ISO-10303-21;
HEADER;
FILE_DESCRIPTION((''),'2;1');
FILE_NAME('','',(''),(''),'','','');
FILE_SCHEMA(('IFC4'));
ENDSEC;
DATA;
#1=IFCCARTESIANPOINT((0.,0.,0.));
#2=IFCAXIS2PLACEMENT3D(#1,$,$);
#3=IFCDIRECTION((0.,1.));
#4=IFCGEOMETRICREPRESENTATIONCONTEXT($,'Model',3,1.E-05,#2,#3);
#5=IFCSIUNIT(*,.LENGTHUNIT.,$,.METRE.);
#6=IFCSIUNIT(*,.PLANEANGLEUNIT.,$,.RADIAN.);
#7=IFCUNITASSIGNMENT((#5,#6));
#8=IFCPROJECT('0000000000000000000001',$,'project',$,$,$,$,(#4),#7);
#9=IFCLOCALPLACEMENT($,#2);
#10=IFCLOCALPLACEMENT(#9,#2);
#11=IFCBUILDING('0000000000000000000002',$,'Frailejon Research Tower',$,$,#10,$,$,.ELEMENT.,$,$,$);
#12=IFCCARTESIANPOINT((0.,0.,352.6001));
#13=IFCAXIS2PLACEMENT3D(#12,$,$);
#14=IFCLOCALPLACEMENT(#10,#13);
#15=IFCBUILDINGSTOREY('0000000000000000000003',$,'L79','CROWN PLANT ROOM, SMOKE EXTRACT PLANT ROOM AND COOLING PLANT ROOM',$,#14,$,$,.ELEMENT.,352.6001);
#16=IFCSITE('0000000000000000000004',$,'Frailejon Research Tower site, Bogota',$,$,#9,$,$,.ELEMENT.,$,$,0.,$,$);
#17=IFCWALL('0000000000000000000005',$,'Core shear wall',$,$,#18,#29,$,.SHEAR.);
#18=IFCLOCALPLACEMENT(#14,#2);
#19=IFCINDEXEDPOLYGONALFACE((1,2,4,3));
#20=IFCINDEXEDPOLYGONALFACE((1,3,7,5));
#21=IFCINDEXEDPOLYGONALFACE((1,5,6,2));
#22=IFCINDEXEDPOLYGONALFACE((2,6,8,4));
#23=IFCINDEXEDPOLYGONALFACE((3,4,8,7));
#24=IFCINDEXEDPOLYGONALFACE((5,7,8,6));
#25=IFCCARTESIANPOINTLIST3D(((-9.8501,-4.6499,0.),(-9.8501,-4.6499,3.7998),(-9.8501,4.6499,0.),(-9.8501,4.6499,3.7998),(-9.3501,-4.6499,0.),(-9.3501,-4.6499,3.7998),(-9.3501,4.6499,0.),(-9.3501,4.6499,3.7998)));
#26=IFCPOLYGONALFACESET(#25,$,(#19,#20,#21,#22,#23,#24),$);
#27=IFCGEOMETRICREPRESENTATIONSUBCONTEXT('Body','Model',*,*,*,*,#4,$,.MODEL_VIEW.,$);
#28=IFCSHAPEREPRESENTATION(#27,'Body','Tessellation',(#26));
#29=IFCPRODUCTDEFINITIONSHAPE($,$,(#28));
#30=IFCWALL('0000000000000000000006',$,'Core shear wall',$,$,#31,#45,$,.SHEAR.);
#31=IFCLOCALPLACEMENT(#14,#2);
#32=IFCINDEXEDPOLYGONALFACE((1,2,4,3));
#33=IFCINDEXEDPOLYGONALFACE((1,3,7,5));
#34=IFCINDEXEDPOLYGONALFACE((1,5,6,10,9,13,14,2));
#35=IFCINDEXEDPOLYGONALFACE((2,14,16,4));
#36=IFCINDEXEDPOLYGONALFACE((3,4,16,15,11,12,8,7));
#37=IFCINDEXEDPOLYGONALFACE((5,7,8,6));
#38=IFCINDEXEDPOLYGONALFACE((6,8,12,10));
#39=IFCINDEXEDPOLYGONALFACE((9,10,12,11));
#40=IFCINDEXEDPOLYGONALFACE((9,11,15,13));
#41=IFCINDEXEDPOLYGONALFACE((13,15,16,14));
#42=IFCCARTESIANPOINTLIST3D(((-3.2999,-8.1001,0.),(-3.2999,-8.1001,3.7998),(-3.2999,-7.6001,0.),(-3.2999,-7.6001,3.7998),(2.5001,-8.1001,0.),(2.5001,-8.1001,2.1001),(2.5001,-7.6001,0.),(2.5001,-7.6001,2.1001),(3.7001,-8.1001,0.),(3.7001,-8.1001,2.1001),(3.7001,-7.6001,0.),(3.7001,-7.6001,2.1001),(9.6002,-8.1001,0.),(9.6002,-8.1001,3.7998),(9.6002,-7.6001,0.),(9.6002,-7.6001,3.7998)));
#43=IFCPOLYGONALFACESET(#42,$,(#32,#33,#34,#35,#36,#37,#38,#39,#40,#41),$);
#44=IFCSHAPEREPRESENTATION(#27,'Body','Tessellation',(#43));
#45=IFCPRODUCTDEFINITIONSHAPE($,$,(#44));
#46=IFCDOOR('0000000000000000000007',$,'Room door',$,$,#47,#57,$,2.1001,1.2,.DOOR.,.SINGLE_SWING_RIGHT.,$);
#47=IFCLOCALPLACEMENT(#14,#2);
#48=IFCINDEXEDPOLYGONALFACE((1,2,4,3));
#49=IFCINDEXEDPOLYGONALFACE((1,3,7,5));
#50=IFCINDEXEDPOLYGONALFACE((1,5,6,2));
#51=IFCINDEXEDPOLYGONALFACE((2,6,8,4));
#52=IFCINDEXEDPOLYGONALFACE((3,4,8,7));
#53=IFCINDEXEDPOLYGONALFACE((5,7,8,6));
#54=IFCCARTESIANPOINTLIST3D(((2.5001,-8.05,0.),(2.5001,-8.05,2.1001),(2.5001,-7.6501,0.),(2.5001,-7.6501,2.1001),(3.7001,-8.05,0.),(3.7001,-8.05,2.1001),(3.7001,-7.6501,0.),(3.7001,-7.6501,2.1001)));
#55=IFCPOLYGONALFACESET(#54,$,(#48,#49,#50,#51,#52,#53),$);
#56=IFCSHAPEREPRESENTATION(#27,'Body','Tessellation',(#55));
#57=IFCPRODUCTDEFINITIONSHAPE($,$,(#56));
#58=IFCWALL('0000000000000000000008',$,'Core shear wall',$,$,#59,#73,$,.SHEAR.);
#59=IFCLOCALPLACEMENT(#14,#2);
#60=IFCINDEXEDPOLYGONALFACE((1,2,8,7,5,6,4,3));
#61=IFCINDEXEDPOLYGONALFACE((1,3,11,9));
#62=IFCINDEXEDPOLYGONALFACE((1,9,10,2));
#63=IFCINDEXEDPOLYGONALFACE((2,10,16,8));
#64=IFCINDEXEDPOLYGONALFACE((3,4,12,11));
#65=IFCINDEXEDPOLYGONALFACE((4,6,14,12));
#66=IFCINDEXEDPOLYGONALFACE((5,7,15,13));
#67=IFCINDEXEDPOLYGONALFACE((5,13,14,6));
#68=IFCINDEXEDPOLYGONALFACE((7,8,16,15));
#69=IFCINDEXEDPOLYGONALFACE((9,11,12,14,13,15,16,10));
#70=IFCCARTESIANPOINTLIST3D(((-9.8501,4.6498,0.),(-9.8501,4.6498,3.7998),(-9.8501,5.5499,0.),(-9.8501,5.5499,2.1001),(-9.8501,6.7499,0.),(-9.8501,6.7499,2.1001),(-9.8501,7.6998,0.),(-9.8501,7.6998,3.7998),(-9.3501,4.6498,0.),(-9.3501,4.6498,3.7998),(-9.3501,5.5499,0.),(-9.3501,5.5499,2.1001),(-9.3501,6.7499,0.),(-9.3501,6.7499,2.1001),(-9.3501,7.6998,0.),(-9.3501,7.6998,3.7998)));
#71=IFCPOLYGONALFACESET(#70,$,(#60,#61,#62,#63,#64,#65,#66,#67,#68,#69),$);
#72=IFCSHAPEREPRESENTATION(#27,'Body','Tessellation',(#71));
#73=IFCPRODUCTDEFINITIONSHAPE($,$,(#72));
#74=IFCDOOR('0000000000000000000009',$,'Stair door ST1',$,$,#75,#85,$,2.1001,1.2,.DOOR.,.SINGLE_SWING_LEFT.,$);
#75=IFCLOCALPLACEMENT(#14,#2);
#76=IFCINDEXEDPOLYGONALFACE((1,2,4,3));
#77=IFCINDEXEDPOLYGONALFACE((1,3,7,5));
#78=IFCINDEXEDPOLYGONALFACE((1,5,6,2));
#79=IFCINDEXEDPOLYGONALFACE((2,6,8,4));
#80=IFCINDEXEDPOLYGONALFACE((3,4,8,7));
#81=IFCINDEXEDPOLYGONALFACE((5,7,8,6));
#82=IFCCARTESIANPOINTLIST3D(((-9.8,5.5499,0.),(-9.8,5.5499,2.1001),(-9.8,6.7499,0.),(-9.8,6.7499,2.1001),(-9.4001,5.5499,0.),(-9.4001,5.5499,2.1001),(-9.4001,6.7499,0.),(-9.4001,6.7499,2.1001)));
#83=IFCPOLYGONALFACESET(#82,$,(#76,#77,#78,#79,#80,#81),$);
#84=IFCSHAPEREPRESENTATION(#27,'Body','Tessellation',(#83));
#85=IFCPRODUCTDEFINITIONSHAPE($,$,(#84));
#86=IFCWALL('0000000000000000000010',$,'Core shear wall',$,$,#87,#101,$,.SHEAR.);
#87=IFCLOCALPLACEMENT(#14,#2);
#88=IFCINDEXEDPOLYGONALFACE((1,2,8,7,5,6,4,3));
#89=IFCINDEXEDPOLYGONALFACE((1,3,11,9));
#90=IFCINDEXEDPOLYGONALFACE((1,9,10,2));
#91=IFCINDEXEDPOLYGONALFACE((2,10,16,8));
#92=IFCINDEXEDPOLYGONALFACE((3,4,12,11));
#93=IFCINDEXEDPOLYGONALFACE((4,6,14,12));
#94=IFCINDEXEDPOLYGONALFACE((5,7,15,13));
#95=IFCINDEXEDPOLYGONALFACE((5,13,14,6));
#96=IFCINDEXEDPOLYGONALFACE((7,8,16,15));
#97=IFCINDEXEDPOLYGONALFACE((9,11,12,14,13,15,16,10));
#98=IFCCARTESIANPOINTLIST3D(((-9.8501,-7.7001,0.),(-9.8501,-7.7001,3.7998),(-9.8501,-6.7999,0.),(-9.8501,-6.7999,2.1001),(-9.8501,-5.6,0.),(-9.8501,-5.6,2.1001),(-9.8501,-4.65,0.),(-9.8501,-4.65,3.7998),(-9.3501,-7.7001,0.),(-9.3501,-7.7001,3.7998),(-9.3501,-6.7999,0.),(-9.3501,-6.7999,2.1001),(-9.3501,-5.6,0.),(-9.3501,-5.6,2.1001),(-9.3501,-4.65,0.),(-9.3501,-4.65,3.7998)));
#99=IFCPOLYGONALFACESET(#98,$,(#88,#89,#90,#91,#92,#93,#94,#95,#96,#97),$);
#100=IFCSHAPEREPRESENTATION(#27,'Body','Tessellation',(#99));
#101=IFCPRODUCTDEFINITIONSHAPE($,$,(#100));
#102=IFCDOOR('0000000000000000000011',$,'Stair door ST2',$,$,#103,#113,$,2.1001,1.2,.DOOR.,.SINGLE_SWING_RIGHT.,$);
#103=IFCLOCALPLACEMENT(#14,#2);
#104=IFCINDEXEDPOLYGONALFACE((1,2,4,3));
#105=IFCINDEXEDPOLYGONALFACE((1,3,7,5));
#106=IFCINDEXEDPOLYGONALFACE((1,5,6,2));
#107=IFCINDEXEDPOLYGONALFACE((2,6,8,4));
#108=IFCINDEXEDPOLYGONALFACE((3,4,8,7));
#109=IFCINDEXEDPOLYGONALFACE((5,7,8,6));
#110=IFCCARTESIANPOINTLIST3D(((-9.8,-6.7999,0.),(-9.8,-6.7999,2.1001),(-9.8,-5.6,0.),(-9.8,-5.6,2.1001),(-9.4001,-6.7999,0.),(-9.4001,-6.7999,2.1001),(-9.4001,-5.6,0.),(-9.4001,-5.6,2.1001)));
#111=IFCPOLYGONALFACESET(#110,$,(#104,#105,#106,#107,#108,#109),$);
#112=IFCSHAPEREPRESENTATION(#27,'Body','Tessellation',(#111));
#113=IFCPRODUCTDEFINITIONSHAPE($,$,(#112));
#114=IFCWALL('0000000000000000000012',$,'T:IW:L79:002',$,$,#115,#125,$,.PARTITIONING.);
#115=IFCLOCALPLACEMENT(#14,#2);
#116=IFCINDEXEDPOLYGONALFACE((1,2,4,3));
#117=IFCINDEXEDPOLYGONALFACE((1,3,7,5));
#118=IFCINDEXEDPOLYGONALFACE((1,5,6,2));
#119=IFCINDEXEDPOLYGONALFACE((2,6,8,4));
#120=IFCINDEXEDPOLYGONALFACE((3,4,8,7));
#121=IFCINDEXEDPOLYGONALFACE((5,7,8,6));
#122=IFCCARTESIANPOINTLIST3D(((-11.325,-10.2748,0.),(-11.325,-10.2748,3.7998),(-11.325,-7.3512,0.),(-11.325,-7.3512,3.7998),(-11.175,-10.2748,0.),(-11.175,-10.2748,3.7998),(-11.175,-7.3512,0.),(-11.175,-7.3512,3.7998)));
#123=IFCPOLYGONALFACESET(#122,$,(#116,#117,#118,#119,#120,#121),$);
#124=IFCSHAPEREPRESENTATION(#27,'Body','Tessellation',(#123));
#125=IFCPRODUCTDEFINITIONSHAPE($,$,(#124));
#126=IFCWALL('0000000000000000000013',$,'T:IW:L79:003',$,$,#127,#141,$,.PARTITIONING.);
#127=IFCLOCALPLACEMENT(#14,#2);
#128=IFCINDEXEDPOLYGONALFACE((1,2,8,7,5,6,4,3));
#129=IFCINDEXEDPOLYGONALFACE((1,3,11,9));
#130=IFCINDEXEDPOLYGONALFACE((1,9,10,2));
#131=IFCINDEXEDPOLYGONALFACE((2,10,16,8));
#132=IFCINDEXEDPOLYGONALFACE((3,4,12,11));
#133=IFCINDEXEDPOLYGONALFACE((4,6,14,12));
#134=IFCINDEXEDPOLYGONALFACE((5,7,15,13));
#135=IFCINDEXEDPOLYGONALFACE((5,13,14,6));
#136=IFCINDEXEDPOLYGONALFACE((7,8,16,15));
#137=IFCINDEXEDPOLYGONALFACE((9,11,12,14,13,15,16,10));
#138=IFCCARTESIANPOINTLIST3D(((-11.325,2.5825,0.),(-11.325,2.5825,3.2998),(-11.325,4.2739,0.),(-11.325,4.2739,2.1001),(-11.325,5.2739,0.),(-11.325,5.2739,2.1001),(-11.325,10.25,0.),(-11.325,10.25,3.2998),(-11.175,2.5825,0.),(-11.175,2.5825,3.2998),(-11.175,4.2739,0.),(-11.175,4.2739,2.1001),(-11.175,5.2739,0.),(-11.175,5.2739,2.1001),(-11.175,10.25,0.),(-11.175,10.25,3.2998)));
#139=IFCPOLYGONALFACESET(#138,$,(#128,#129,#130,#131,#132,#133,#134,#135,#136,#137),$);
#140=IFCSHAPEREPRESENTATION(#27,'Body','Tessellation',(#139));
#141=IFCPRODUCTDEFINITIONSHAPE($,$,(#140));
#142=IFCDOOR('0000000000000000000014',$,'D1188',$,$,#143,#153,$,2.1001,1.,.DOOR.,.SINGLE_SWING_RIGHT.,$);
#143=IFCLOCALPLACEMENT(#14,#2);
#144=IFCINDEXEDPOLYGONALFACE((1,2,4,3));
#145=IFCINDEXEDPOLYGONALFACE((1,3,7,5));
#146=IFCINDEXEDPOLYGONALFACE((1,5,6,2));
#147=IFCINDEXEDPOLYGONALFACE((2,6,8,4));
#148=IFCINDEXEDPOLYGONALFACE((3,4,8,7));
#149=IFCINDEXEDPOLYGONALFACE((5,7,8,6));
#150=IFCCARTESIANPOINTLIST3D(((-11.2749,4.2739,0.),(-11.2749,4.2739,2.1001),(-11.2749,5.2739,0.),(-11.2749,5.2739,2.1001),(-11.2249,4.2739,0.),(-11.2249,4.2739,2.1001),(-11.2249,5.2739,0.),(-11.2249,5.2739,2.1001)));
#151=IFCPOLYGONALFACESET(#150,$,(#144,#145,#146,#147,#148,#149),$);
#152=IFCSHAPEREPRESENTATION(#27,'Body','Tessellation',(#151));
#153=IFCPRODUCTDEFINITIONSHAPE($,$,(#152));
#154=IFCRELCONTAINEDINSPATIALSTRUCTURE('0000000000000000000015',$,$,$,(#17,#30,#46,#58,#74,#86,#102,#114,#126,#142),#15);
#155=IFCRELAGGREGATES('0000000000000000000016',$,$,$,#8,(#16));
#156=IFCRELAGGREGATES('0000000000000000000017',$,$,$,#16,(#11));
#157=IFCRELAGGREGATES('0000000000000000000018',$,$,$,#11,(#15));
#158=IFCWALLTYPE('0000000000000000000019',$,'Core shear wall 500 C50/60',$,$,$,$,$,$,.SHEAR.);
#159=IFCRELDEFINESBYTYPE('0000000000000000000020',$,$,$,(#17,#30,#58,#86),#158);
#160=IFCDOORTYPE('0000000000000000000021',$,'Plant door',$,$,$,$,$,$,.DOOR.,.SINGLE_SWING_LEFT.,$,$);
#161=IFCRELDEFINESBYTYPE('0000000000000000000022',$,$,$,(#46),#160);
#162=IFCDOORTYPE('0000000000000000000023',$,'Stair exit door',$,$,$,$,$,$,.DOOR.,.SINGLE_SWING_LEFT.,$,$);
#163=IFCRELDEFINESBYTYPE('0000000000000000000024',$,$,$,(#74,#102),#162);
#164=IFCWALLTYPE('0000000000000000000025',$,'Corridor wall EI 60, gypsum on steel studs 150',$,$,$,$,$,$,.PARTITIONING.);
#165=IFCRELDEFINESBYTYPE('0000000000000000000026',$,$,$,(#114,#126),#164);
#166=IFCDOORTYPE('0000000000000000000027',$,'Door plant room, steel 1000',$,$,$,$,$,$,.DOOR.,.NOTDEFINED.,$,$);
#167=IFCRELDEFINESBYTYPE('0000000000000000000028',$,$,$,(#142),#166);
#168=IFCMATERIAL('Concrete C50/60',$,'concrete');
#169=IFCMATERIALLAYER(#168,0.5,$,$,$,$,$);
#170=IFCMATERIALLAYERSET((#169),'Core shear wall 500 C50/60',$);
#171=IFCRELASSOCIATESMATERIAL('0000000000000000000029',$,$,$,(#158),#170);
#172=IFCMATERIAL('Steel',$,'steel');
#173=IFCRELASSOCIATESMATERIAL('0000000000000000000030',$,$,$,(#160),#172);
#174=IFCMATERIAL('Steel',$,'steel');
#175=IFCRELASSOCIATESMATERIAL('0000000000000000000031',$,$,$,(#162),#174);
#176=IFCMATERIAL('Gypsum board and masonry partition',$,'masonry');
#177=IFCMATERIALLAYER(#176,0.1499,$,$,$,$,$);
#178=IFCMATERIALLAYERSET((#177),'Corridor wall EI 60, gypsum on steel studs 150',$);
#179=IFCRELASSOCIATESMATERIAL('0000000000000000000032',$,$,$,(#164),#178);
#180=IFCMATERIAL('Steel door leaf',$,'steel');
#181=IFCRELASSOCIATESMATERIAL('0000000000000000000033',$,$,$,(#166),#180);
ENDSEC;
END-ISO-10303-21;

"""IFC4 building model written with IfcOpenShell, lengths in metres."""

from ifc_helpers import new_model, si_unit, direction, frame, frame_2d, origin, place, context, subcontext, project, spatial, rectangle, extrude, material, layer, layer_set, type_object, element, fill, save


model = new_model("IFC4")

# Units and contexts
model_context = context("Model", 3, precision=1e-05, world=origin(), true_north=direction((0.0, 1.0)))
body_context = subcontext(model_context, "Body", "Model", "MODEL_VIEW")
ifc_project = project(units=[si_unit("LENGTHUNIT", "METRE"), si_unit("PLANEANGLEUNIT", "RADIAN")], contexts=[model_context])

# Site, building, storey
site_placement = place(None, origin())
site = spatial("IfcSite", under=ifc_project, at=site_placement, Name="Frailejon Research Tower site, Bogota", CompositionType="ELEMENT", RefElevation=0.0)
building_placement = place(site_placement, origin())
building = spatial("IfcBuilding", under=site, at=building_placement, Name="Frailejon Research Tower", CompositionType="ELEMENT")
storey_placement = place(building_placement, frame((0.0, 0.0, 352.6001)))
storey = spatial("IfcBuildingStorey", under=building, at=storey_placement, Name="L79", Description="CROWN PLANT ROOM, SMOKE EXTRACT PLANT ROOM AND COOLING PLANT ROOM", CompositionType="ELEMENT", Elevation=352.6001)

# Wall
ifc_material_1 = material(Name="Concrete C50/60", Category="concrete")
ifc_layer_1 = layer(ifc_material_1, 0.5)
ifc_layer_set_1 = layer_set([ifc_layer_1], Name="Core shear wall 500 C50/60")
wall_type_1 = type_object("IfcWallType", Name="Core shear wall 500 C50/60", PredefinedType="SHEAR", material=ifc_layer_set_1)
wall_1_placement = place(storey_placement, frame((-9.6001, 4.6499, 0.0), z_axis=(0.0, 0.0, 1.0), x_axis=(0.0, -1.0, 0.0)))
element("IfcWall", 1, at=wall_1_placement, inside=storey, type_object=wall_type_1, Name="Core shear wall", PredefinedType="SHEAR", context=body_context, shape_type="SweptSolid", body=[
    extrude(rectangle(XDim=9.2998, YDim=0.5, at=frame_2d((4.6499, 0.0))), origin(), (0.0, 0.0, 1.0), 3.7998),
])

# Walls, openings, doors
wall_2_placement = place(storey_placement, frame((-3.3, -7.8501, 0.0), z_axis=(0.0, 0.0, 1.0), x_axis=(1.0, 0.0, 0.0)))
wall_2 = element("IfcWall", 2, at=wall_2_placement, inside=storey, type_object=wall_type_1, Name="Core shear wall", PredefinedType="SHEAR", context=body_context, shape_type="SweptSolid", body=[
    extrude(rectangle(XDim=12.9001, YDim=0.5, at=frame_2d((6.4502, 0.0))), origin(), (0.0, 0.0, 1.0), 3.7998),
])
opening_1_placement = place(wall_2_placement, frame((5.8, 0.0, 0.0)))
opening_1 = element("IfcOpeningElement", 3, at=opening_1_placement, cuts=wall_2, PredefinedType="OPENING", context=body_context, shape_type="SweptSolid", body=[
    extrude(rectangle(XDim=1.2, YDim=2.1001, at=frame_2d((0.6001, 1.05))), frame((0.0, 0.26, 0.0), z_axis=(0.0, -1.0, 0.0), x_axis=(1.0, 0.0, 0.0)), (0.0, 0.0, 1.0), 0.52),
])
ifc_material_2 = material(Name="Steel", Category="steel")
door_type_1 = type_object("IfcDoorType", Name="Plant door", OperationType="SINGLE_SWING_LEFT", PredefinedType="DOOR", material=ifc_material_2)
door_1_placement = place(opening_1_placement, origin())
door_1 = element("IfcDoor", 4, at=door_1_placement, inside=storey, type_object=door_type_1, Name="Room door", OperationType="SINGLE_SWING_RIGHT", OverallHeight=2.1001, OverallWidth=1.2, PredefinedType="DOOR", context=body_context, shape_type="SweptSolid", body=[
    extrude(rectangle(XDim=1.2, YDim=2.1001, at=frame_2d((0.6001, 1.05))), frame((0.0, 0.2, 0.0), z_axis=(0.0, -1.0, 0.0), x_axis=(1.0, 0.0, 0.0)), (0.0, 0.0, 1.0), 0.3999),
])
fill(opening_1, door_1)
wall_3_placement = place(storey_placement, frame((-9.6001, 4.6499, 0.0), z_axis=(0.0, 0.0, 1.0), x_axis=(0.0, 1.0, 0.0)))
wall_3 = element("IfcWall", 5, at=wall_3_placement, inside=storey, type_object=wall_type_1, Name="Core shear wall", PredefinedType="SHEAR", context=body_context, shape_type="SweptSolid", body=[
    extrude(rectangle(XDim=3.05, YDim=0.5, at=frame_2d((1.5249, 0.0))), origin(), (0.0, 0.0, 1.0), 3.7998),
])
opening_2_placement = place(wall_3_placement, frame((0.8999, 0.0, 0.0)))
opening_2 = element("IfcOpeningElement", 6, at=opening_2_placement, cuts=wall_3, PredefinedType="OPENING", context=body_context, shape_type="SweptSolid", body=[
    extrude(rectangle(XDim=1.2, YDim=2.1001, at=frame_2d((0.6001, 1.05))), frame((0.0, 0.26, 0.0), z_axis=(0.0, -1.0, 0.0), x_axis=(1.0, 0.0, 0.0)), (0.0, 0.0, 1.0), 0.52),
])
ifc_material_3 = material(Name="Steel", Category="steel")
door_type_2 = type_object("IfcDoorType", Name="Stair exit door", OperationType="SINGLE_SWING_LEFT", PredefinedType="DOOR", material=ifc_material_3)
door_2_placement = place(opening_2_placement, origin())
door_2 = element("IfcDoor", 7, at=door_2_placement, inside=storey, type_object=door_type_2, Name="Stair door ST1", OperationType="SINGLE_SWING_LEFT", OverallHeight=2.1001, OverallWidth=1.2, PredefinedType="DOOR", context=body_context, shape_type="SweptSolid", body=[
    extrude(rectangle(XDim=1.2, YDim=2.1001, at=frame_2d((0.6001, 1.05))), frame((0.0, 0.2, 0.0), z_axis=(0.0, -1.0, 0.0), x_axis=(1.0, 0.0, 0.0)), (0.0, 0.0, 1.0), 0.3999),
])
fill(opening_2, door_2)
wall_4_placement = place(storey_placement, frame((-9.6001, -7.7, 0.0), z_axis=(0.0, 0.0, 1.0), x_axis=(0.0, 1.0, 0.0)))
wall_4 = element("IfcWall", 8, at=wall_4_placement, inside=storey, type_object=wall_type_1, Name="Core shear wall", PredefinedType="SHEAR", context=body_context, shape_type="SweptSolid", body=[
    extrude(rectangle(XDim=3.05, YDim=0.5, at=frame_2d((1.5249, 0.0))), origin(), (0.0, 0.0, 1.0), 3.7998),
])
opening_3_placement = place(wall_4_placement, frame((0.8999, 0.0, 0.0)))
opening_3 = element("IfcOpeningElement", 9, at=opening_3_placement, cuts=wall_4, PredefinedType="OPENING", context=body_context, shape_type="SweptSolid", body=[
    extrude(rectangle(XDim=1.2, YDim=2.1001, at=frame_2d((0.6001, 1.05))), frame((0.0, 0.26, 0.0), z_axis=(0.0, -1.0, 0.0), x_axis=(1.0, 0.0, 0.0)), (0.0, 0.0, 1.0), 0.52),
])
door_3_placement = place(opening_3_placement, origin())
door_3 = element("IfcDoor", 10, at=door_3_placement, inside=storey, type_object=door_type_2, Name="Stair door ST2", OperationType="SINGLE_SWING_RIGHT", OverallHeight=2.1001, OverallWidth=1.2, PredefinedType="DOOR", context=body_context, shape_type="SweptSolid", body=[
    extrude(rectangle(XDim=1.2, YDim=2.1001, at=frame_2d((0.6001, 1.05))), frame((0.0, 0.2, 0.0), z_axis=(0.0, -1.0, 0.0), x_axis=(1.0, 0.0, 0.0)), (0.0, 0.0, 1.0), 0.3999),
])
fill(opening_3, door_3)

# Wall
ifc_material_4 = material(Name="Gypsum board and masonry partition", Category="masonry")
ifc_layer_2 = layer(ifc_material_4, 0.1499)
ifc_layer_set_2 = layer_set([ifc_layer_2], Name="Corridor wall EI 60, gypsum on steel studs 150")
wall_type_2 = type_object("IfcWallType", Name="Corridor wall EI 60, gypsum on steel studs 150", PredefinedType="PARTITIONING", material=ifc_layer_set_2)
wall_5_placement = place(storey_placement, frame((-11.25, -10.2749, 0.0), z_axis=(0.0, 0.0, 1.0), x_axis=(0.0, 1.0, 0.0)))
element("IfcWall", 11, at=wall_5_placement, inside=storey, type_object=wall_type_2, Name="T:IW:L79:002", PredefinedType="PARTITIONING", context=body_context, shape_type="SweptSolid", body=[
    extrude(rectangle(XDim=2.9236, YDim=0.1499, at=frame_2d((1.4619, 0.0))), origin(), (0.0, 0.0, 1.0), 3.7998),
])

# Wall, opening, door
wall_6_placement = place(storey_placement, frame((-11.25, 2.5825, 0.0), z_axis=(0.0, 0.0, 1.0), x_axis=(0.0, 1.0, 0.0)))
wall_6 = element("IfcWall", 12, at=wall_6_placement, inside=storey, type_object=wall_type_2, Name="T:IW:L79:003", PredefinedType="PARTITIONING", context=body_context, shape_type="SweptSolid", body=[
    extrude(rectangle(XDim=7.6675, YDim=0.1499, at=frame_2d((3.8337, 0.0))), origin(), (0.0, 0.0, 1.0), 3.2998),
])
opening_4_placement = place(wall_6_placement, frame((1.6914, 0.0, 0.0)))
opening_4 = element("IfcOpeningElement", 13, at=opening_4_placement, cuts=wall_6, PredefinedType="OPENING", context=body_context, shape_type="SweptSolid", body=[
    extrude(rectangle(XDim=1.0, YDim=2.1001, at=frame_2d((0.5, 1.05))), frame((0.0, 0.085, 0.0), z_axis=(0.0, -1.0, 0.0), x_axis=(1.0, 0.0, 0.0)), (0.0, 0.0, 1.0), 0.1699),
])
ifc_material_5 = material(Name="Steel door leaf", Category="steel")
door_type_3 = type_object("IfcDoorType", Name="Door plant room, steel 1000", OperationType="NOTDEFINED", PredefinedType="DOOR", material=ifc_material_5)
door_4_placement = place(opening_4_placement, origin())
door_4 = element("IfcDoor", 14, at=door_4_placement, inside=storey, type_object=door_type_3, Name="D1188", OperationType="SINGLE_SWING_RIGHT", OverallHeight=2.1001, OverallWidth=1.0, PredefinedType="DOOR", context=body_context, shape_type="SweptSolid", body=[
    extrude(rectangle(XDim=1.0, YDim=2.1001, at=frame_2d((0.5, 1.05))), frame((0.0, 0.0249, 0.0), z_axis=(0.0, -1.0, 0.0), x_axis=(1.0, 0.0, 0.0)), (0.0, 0.0, 1.0), 0.05),
])
fill(opening_4, door_4)

save(model, "model.ifc")
